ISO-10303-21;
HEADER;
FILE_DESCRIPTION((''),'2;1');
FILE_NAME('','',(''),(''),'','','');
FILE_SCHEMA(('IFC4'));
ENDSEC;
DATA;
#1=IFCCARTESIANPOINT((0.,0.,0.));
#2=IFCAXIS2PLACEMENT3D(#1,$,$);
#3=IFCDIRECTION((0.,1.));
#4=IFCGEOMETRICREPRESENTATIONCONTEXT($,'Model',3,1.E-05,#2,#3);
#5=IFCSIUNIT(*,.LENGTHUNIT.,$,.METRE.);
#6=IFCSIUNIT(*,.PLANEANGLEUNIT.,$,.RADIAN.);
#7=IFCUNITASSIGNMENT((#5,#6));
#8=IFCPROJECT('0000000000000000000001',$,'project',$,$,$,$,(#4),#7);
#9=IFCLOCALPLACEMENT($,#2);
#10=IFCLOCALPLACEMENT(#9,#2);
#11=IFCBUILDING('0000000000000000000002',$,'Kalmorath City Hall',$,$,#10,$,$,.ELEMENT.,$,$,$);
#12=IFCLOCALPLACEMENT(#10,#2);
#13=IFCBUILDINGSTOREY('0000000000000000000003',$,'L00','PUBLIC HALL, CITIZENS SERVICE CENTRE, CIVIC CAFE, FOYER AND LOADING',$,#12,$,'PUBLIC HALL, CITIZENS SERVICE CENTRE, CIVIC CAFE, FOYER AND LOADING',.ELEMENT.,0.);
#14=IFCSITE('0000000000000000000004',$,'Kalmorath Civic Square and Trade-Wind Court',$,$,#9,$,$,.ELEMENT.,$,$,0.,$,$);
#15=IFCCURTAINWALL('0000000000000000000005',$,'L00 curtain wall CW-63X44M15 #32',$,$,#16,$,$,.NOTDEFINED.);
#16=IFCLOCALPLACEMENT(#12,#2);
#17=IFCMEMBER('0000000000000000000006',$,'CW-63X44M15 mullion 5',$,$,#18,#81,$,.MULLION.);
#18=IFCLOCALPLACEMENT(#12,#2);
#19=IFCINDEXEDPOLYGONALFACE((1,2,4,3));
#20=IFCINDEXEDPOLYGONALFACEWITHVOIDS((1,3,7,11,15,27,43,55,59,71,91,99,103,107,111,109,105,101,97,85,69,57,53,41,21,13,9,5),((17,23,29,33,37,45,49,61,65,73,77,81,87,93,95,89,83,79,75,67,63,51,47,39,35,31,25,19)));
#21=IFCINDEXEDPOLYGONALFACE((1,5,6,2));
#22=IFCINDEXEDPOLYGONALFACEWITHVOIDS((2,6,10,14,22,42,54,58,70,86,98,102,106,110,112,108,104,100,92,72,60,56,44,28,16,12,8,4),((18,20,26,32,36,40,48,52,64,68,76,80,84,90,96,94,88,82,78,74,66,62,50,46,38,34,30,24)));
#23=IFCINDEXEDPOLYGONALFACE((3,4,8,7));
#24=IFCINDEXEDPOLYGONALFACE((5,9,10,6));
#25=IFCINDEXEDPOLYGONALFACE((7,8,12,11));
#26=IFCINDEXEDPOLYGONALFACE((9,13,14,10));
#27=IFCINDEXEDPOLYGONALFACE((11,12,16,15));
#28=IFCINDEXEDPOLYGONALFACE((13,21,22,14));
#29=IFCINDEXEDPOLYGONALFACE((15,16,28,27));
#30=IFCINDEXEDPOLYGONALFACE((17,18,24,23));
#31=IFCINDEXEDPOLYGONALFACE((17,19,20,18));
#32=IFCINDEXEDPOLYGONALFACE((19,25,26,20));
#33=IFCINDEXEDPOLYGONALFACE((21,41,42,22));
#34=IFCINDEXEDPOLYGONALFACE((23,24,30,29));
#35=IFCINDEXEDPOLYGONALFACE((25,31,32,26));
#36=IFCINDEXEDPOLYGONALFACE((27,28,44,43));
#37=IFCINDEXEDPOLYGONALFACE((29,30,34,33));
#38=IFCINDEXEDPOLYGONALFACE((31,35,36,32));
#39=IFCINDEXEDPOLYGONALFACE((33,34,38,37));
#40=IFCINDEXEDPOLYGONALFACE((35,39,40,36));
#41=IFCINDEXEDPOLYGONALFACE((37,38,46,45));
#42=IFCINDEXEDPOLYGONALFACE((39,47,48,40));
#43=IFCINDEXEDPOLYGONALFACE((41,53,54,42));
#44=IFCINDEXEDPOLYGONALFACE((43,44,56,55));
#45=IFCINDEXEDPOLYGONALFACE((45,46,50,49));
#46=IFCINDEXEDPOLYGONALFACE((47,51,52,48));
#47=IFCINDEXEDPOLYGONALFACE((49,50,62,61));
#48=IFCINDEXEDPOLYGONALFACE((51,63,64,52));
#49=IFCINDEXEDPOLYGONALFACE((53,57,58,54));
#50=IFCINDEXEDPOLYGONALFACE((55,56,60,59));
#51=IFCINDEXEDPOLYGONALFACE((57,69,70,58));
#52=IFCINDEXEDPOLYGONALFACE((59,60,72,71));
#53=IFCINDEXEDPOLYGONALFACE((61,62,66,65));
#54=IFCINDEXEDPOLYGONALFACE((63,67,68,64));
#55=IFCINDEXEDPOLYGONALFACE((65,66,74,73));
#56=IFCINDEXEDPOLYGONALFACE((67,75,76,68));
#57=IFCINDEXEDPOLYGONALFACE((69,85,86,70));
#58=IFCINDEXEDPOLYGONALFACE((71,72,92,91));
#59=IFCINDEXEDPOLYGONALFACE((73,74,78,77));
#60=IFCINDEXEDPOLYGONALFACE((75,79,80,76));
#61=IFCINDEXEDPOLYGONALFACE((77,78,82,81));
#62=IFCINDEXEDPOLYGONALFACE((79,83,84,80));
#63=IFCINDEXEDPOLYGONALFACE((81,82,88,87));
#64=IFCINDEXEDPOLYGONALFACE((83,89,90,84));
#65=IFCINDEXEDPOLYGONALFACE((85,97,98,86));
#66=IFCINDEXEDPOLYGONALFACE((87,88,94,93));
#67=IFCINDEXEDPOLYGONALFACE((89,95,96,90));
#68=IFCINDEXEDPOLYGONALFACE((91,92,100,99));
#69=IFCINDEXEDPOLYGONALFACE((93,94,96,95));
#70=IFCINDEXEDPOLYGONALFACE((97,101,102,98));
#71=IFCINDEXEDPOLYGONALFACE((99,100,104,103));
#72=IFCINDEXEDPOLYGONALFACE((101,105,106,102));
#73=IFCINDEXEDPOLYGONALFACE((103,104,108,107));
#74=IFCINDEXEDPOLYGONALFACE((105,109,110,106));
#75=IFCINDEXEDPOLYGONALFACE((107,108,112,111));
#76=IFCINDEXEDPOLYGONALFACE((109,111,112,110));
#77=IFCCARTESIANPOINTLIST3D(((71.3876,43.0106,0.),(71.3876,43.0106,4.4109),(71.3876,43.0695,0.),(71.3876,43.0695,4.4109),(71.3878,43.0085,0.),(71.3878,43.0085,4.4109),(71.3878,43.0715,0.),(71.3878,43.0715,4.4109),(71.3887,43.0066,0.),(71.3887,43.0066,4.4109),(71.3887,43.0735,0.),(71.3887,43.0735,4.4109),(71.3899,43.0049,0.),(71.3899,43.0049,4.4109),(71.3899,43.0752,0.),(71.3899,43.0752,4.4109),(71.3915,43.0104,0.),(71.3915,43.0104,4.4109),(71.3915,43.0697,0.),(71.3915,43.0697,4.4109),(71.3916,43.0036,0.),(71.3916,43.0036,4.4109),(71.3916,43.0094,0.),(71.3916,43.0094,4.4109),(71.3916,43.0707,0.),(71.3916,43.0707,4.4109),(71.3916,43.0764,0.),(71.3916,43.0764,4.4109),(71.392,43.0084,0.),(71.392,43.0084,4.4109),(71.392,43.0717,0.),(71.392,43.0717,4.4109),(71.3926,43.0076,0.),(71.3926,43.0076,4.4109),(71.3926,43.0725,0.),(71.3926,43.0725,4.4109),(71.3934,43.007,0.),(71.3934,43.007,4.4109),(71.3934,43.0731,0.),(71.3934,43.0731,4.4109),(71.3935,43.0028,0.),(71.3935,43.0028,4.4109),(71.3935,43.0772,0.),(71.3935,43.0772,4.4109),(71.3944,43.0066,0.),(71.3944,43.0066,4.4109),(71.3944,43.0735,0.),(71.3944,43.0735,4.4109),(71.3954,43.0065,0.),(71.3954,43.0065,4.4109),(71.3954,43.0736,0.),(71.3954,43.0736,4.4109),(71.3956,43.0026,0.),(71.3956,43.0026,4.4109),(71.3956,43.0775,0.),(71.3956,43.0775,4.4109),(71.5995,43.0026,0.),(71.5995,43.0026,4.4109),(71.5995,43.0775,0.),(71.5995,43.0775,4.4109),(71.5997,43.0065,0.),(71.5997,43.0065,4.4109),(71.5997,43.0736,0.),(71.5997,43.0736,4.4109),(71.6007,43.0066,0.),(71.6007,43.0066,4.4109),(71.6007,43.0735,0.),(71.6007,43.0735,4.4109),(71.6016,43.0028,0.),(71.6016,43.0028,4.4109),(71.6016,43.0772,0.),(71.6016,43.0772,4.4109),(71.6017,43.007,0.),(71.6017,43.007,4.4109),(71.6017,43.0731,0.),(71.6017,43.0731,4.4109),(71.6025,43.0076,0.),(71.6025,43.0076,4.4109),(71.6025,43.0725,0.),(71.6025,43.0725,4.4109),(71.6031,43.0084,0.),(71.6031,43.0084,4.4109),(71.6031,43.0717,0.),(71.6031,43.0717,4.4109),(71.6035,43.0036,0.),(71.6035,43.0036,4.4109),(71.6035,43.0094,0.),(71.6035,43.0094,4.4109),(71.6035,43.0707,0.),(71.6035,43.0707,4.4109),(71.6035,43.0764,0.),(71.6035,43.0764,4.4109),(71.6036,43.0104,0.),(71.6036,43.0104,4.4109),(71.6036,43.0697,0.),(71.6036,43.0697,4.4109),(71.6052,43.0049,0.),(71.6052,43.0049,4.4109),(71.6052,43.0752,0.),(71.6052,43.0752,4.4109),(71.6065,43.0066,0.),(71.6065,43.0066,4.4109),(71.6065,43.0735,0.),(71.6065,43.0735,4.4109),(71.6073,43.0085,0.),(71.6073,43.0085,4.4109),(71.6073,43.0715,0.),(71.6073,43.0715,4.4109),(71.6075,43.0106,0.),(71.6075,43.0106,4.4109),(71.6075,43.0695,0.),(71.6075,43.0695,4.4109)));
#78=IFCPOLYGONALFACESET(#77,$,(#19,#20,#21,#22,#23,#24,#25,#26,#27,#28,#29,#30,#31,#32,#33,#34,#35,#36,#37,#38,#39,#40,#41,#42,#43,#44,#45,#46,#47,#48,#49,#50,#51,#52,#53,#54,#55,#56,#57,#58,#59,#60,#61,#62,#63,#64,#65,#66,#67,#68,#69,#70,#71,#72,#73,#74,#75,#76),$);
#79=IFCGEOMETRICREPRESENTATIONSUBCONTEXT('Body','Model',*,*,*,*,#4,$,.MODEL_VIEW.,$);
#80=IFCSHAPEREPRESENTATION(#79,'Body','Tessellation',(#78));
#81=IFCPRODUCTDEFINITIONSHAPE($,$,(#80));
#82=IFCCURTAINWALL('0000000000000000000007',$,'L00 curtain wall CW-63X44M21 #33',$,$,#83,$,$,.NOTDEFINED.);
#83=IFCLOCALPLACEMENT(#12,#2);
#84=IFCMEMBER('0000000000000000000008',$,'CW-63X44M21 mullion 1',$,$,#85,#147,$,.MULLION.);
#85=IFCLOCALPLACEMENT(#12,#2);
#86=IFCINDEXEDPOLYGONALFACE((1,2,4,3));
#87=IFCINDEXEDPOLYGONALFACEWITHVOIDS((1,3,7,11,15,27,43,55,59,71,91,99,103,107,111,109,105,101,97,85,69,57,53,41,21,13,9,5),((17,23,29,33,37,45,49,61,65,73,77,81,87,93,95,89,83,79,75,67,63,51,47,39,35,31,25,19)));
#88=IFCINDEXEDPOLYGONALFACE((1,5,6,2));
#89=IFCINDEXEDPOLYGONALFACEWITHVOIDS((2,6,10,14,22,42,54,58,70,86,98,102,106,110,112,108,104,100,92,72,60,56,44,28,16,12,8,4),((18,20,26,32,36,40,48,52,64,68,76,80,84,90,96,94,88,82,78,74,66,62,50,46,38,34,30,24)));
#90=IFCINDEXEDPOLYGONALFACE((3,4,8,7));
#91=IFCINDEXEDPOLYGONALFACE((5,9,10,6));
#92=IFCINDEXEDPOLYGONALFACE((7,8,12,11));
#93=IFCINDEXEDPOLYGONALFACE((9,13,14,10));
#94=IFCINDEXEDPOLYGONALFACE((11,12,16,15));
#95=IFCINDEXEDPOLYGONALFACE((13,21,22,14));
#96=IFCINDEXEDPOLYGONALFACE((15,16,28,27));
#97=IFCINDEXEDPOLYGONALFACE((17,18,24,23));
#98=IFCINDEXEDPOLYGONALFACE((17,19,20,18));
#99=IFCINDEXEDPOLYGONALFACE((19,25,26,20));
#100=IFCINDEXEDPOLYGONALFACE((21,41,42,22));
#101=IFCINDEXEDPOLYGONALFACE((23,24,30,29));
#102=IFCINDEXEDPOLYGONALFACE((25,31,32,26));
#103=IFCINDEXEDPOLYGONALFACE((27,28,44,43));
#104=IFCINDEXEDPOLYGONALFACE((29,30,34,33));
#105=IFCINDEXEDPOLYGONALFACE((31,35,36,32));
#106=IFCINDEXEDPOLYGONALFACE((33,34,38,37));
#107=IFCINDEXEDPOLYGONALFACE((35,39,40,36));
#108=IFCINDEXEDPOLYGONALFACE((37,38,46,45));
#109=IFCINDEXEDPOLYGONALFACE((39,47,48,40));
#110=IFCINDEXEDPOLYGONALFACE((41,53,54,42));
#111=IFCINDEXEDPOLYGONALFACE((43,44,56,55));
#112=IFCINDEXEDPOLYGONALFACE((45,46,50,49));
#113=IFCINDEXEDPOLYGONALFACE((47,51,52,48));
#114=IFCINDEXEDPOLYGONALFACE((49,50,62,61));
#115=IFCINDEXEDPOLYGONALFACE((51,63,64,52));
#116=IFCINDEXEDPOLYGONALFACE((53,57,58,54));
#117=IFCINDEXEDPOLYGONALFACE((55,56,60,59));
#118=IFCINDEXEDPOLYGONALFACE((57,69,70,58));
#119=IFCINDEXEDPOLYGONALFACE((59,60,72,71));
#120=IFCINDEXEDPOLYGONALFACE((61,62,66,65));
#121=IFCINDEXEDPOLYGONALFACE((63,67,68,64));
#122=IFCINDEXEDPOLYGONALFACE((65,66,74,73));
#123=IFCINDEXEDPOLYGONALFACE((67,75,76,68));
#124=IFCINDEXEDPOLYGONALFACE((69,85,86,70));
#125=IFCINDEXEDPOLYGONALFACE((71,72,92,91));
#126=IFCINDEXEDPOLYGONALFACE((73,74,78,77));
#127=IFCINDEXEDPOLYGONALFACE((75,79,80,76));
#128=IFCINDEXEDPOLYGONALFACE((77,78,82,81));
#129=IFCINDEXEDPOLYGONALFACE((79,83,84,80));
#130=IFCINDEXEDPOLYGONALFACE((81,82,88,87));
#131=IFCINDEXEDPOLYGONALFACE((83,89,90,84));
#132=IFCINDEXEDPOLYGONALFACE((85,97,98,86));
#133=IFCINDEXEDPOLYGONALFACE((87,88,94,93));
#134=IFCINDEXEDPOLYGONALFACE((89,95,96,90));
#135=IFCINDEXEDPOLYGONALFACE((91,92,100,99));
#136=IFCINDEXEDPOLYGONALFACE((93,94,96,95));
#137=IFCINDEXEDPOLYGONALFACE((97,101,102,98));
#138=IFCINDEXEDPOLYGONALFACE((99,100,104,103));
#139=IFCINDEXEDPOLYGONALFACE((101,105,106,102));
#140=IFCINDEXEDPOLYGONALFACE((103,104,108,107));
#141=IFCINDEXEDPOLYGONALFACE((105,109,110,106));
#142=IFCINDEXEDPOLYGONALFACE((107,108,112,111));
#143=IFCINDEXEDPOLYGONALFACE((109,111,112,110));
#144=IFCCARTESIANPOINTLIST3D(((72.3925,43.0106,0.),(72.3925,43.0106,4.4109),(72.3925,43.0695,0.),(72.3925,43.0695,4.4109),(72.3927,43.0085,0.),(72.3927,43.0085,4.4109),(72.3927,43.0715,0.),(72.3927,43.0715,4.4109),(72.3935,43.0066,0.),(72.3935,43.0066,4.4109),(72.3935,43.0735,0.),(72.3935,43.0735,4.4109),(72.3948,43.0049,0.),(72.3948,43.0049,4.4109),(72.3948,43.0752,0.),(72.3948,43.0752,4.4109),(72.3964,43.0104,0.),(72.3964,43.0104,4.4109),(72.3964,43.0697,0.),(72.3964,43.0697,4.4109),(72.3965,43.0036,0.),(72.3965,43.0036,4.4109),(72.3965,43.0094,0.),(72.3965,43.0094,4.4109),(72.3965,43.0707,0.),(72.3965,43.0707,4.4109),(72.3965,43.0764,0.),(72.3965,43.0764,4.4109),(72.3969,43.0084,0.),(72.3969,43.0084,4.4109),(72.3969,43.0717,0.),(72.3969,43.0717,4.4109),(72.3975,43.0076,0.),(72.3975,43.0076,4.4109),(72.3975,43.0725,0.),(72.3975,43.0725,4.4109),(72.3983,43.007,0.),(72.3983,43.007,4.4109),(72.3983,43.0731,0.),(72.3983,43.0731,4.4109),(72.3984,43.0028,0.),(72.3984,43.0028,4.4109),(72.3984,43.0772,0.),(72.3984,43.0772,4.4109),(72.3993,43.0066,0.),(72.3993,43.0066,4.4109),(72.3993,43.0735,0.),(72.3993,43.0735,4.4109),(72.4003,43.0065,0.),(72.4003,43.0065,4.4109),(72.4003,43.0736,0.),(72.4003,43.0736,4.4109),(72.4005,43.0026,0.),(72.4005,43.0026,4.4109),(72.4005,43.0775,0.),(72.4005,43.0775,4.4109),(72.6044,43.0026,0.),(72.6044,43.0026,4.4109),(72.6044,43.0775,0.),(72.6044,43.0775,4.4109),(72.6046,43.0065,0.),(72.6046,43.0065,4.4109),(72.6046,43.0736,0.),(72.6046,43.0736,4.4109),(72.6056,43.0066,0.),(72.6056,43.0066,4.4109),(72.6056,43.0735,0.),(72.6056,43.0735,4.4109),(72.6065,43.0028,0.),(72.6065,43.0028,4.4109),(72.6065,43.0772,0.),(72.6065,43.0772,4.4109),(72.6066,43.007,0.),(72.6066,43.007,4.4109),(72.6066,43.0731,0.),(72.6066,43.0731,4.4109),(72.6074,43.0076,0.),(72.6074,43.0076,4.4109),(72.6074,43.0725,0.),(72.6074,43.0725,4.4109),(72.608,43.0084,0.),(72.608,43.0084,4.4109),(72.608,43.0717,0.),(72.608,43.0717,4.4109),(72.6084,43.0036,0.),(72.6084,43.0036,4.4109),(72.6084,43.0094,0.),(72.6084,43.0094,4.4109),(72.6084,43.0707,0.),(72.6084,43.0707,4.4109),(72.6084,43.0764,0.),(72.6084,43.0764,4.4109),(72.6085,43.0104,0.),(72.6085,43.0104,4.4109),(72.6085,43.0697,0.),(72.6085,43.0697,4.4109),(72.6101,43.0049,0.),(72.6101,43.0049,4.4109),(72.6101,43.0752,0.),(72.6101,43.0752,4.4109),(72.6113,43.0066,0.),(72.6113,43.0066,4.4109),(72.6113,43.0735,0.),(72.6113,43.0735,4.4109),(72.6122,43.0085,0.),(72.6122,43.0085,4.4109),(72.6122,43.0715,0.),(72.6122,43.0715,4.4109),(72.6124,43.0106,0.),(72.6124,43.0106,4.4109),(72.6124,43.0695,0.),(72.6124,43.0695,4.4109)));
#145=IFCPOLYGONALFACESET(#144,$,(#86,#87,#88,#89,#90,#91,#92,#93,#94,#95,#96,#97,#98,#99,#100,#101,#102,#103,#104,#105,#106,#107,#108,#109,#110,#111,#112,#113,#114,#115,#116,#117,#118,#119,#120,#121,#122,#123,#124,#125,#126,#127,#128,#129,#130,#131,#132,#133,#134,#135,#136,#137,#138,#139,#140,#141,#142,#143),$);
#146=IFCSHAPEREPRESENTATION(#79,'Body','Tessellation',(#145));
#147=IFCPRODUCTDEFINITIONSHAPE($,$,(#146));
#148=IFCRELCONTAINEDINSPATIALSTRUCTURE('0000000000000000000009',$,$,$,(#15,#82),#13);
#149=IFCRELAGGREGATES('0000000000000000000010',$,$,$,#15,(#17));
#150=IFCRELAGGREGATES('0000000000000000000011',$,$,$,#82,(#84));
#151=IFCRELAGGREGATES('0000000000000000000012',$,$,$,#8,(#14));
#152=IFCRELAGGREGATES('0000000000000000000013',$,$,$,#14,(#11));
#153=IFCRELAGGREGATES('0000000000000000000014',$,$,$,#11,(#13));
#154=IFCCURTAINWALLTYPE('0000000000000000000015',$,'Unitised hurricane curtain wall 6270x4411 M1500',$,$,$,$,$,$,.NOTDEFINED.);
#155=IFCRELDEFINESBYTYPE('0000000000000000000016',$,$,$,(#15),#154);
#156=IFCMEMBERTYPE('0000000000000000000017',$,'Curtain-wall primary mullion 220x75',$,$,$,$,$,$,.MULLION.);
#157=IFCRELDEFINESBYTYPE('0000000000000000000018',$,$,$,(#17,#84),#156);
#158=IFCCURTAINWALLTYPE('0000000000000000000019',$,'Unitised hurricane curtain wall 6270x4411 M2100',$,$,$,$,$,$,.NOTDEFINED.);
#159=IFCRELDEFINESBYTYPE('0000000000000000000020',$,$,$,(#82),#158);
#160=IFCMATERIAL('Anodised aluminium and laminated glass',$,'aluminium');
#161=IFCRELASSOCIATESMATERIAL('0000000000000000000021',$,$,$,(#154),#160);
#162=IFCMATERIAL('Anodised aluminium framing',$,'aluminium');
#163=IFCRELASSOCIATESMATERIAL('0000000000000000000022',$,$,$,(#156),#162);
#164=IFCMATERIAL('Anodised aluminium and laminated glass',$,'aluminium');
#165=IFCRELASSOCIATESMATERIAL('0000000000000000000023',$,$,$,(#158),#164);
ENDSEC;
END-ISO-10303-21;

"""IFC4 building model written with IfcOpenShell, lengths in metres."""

from ifc_helpers import new_model, si_unit, direction, frame, origin, origin_2d, place, context, subcontext, project, spatial, hollow_rectangle, extrude, material, material_profile, profile_set, type_object, element, aggregate, save


model = new_model("IFC4")

# Units and contexts
model_context = context("Model", 3, precision=1e-05, world=origin(), true_north=direction((0.0, 1.0)))
body_context = subcontext(model_context, "Body", "Model", "MODEL_VIEW")
ifc_project = project(units=[si_unit("LENGTHUNIT", "METRE"), si_unit("PLANEANGLEUNIT", "RADIAN")], contexts=[model_context])

# Site, building, storey
site_placement = place(None, origin())
site = spatial("IfcSite", under=ifc_project, at=site_placement, Name="Kalmorath Civic Square and Trade-Wind Court", CompositionType="ELEMENT", RefElevation=0.0)
building_placement = place(site_placement, origin())
building = spatial("IfcBuilding", under=site, at=building_placement, Name="Kalmorath City Hall", CompositionType="ELEMENT")
storey_placement = place(building_placement, origin())
storey = spatial("IfcBuildingStorey", under=building, at=storey_placement, Name="L00", Description="PUBLIC HALL, CITIZENS SERVICE CENTRE, CIVIC CAFE, FOYER AND LOADING", LongName="PUBLIC HALL, CITIZENS SERVICE CENTRE, CIVIC CAFE, FOYER AND LOADING", CompositionType="ELEMENT", Elevation=0.0)

# Curtain walls, members
ifc_material_1 = material(Name="Anodised aluminium and laminated glass", Category="aluminium")
curtain_wall_type_1 = type_object("IfcCurtainWallType", Name="Unitised hurricane curtain wall 6270x4411 M1500", PredefinedType="NOTDEFINED", material=ifc_material_1)
curtain_wall_1_placement = place(storey_placement, origin())
curtain_wall_1 = element("IfcCurtainWall", 1, at=curtain_wall_1_placement, inside=storey, type_object=curtain_wall_type_1, Name="L00 curtain wall CW-63X44M15 #32", PredefinedType="NOTDEFINED")
ifc_material_2 = material(Name="Anodised aluminium framing", Category="aluminium")
ifc_material_profile_1 = material_profile(ifc_material_2, hollow_rectangle(XDim=0.075, YDim=0.22, WallThickness=0.0039, InnerFilletRadius=0.0039, OuterFilletRadius=0.0081, at=origin_2d()), Name="ALU-MUL-220X75X4")
ifc_profile_set_1 = profile_set([ifc_material_profile_1], Name="Anodised aluminium framing")
member_type_1 = type_object("IfcMemberType", Name="Curtain-wall primary mullion 220x75", PredefinedType="MULLION", material=ifc_profile_set_1)
member_1_placement = place(storey_placement, frame((71.4976, 43.04, 0.0), z_axis=(0.0, 0.0, 1.0), x_axis=(0.0, 1.0, 0.0)))
member_1 = element("IfcMember", 2, at=member_1_placement, type_object=member_type_1, Name="CW-63X44M15 mullion 5", PredefinedType="MULLION", context=body_context, shape_type="SweptSolid", body=[
    extrude(hollow_rectangle(XDim=0.075, YDim=0.22, WallThickness=0.0039, InnerFilletRadius=0.0039, OuterFilletRadius=0.0081, at=origin_2d()), origin(), (0.0, 0.0, 1.0), 4.4109),
])
ifc_material_3 = material(Name="Anodised aluminium and laminated glass", Category="aluminium")
curtain_wall_type_2 = type_object("IfcCurtainWallType", Name="Unitised hurricane curtain wall 6270x4411 M2100", PredefinedType="NOTDEFINED", material=ifc_material_3)
curtain_wall_2_placement = place(storey_placement, origin())
curtain_wall_2 = element("IfcCurtainWall", 3, at=curtain_wall_2_placement, inside=storey, type_object=curtain_wall_type_2, Name="L00 curtain wall CW-63X44M21 #33", PredefinedType="NOTDEFINED")
member_2_placement = place(storey_placement, frame((72.5024, 43.04, 0.0), z_axis=(0.0, 0.0, 1.0), x_axis=(0.0, 1.0, 0.0)))
member_2 = element("IfcMember", 4, at=member_2_placement, type_object=member_type_1, Name="CW-63X44M21 mullion 1", PredefinedType="MULLION", context=body_context, shape_type="SweptSolid", body=[
    extrude(hollow_rectangle(XDim=0.075, YDim=0.22, WallThickness=0.0039, InnerFilletRadius=0.0039, OuterFilletRadius=0.0081, at=origin_2d()), origin(), (0.0, 0.0, 1.0), 4.4109),
])

aggregate(curtain_wall_1, [member_1])
aggregate(curtain_wall_2, [member_2])

save(model, "model.ifc")
